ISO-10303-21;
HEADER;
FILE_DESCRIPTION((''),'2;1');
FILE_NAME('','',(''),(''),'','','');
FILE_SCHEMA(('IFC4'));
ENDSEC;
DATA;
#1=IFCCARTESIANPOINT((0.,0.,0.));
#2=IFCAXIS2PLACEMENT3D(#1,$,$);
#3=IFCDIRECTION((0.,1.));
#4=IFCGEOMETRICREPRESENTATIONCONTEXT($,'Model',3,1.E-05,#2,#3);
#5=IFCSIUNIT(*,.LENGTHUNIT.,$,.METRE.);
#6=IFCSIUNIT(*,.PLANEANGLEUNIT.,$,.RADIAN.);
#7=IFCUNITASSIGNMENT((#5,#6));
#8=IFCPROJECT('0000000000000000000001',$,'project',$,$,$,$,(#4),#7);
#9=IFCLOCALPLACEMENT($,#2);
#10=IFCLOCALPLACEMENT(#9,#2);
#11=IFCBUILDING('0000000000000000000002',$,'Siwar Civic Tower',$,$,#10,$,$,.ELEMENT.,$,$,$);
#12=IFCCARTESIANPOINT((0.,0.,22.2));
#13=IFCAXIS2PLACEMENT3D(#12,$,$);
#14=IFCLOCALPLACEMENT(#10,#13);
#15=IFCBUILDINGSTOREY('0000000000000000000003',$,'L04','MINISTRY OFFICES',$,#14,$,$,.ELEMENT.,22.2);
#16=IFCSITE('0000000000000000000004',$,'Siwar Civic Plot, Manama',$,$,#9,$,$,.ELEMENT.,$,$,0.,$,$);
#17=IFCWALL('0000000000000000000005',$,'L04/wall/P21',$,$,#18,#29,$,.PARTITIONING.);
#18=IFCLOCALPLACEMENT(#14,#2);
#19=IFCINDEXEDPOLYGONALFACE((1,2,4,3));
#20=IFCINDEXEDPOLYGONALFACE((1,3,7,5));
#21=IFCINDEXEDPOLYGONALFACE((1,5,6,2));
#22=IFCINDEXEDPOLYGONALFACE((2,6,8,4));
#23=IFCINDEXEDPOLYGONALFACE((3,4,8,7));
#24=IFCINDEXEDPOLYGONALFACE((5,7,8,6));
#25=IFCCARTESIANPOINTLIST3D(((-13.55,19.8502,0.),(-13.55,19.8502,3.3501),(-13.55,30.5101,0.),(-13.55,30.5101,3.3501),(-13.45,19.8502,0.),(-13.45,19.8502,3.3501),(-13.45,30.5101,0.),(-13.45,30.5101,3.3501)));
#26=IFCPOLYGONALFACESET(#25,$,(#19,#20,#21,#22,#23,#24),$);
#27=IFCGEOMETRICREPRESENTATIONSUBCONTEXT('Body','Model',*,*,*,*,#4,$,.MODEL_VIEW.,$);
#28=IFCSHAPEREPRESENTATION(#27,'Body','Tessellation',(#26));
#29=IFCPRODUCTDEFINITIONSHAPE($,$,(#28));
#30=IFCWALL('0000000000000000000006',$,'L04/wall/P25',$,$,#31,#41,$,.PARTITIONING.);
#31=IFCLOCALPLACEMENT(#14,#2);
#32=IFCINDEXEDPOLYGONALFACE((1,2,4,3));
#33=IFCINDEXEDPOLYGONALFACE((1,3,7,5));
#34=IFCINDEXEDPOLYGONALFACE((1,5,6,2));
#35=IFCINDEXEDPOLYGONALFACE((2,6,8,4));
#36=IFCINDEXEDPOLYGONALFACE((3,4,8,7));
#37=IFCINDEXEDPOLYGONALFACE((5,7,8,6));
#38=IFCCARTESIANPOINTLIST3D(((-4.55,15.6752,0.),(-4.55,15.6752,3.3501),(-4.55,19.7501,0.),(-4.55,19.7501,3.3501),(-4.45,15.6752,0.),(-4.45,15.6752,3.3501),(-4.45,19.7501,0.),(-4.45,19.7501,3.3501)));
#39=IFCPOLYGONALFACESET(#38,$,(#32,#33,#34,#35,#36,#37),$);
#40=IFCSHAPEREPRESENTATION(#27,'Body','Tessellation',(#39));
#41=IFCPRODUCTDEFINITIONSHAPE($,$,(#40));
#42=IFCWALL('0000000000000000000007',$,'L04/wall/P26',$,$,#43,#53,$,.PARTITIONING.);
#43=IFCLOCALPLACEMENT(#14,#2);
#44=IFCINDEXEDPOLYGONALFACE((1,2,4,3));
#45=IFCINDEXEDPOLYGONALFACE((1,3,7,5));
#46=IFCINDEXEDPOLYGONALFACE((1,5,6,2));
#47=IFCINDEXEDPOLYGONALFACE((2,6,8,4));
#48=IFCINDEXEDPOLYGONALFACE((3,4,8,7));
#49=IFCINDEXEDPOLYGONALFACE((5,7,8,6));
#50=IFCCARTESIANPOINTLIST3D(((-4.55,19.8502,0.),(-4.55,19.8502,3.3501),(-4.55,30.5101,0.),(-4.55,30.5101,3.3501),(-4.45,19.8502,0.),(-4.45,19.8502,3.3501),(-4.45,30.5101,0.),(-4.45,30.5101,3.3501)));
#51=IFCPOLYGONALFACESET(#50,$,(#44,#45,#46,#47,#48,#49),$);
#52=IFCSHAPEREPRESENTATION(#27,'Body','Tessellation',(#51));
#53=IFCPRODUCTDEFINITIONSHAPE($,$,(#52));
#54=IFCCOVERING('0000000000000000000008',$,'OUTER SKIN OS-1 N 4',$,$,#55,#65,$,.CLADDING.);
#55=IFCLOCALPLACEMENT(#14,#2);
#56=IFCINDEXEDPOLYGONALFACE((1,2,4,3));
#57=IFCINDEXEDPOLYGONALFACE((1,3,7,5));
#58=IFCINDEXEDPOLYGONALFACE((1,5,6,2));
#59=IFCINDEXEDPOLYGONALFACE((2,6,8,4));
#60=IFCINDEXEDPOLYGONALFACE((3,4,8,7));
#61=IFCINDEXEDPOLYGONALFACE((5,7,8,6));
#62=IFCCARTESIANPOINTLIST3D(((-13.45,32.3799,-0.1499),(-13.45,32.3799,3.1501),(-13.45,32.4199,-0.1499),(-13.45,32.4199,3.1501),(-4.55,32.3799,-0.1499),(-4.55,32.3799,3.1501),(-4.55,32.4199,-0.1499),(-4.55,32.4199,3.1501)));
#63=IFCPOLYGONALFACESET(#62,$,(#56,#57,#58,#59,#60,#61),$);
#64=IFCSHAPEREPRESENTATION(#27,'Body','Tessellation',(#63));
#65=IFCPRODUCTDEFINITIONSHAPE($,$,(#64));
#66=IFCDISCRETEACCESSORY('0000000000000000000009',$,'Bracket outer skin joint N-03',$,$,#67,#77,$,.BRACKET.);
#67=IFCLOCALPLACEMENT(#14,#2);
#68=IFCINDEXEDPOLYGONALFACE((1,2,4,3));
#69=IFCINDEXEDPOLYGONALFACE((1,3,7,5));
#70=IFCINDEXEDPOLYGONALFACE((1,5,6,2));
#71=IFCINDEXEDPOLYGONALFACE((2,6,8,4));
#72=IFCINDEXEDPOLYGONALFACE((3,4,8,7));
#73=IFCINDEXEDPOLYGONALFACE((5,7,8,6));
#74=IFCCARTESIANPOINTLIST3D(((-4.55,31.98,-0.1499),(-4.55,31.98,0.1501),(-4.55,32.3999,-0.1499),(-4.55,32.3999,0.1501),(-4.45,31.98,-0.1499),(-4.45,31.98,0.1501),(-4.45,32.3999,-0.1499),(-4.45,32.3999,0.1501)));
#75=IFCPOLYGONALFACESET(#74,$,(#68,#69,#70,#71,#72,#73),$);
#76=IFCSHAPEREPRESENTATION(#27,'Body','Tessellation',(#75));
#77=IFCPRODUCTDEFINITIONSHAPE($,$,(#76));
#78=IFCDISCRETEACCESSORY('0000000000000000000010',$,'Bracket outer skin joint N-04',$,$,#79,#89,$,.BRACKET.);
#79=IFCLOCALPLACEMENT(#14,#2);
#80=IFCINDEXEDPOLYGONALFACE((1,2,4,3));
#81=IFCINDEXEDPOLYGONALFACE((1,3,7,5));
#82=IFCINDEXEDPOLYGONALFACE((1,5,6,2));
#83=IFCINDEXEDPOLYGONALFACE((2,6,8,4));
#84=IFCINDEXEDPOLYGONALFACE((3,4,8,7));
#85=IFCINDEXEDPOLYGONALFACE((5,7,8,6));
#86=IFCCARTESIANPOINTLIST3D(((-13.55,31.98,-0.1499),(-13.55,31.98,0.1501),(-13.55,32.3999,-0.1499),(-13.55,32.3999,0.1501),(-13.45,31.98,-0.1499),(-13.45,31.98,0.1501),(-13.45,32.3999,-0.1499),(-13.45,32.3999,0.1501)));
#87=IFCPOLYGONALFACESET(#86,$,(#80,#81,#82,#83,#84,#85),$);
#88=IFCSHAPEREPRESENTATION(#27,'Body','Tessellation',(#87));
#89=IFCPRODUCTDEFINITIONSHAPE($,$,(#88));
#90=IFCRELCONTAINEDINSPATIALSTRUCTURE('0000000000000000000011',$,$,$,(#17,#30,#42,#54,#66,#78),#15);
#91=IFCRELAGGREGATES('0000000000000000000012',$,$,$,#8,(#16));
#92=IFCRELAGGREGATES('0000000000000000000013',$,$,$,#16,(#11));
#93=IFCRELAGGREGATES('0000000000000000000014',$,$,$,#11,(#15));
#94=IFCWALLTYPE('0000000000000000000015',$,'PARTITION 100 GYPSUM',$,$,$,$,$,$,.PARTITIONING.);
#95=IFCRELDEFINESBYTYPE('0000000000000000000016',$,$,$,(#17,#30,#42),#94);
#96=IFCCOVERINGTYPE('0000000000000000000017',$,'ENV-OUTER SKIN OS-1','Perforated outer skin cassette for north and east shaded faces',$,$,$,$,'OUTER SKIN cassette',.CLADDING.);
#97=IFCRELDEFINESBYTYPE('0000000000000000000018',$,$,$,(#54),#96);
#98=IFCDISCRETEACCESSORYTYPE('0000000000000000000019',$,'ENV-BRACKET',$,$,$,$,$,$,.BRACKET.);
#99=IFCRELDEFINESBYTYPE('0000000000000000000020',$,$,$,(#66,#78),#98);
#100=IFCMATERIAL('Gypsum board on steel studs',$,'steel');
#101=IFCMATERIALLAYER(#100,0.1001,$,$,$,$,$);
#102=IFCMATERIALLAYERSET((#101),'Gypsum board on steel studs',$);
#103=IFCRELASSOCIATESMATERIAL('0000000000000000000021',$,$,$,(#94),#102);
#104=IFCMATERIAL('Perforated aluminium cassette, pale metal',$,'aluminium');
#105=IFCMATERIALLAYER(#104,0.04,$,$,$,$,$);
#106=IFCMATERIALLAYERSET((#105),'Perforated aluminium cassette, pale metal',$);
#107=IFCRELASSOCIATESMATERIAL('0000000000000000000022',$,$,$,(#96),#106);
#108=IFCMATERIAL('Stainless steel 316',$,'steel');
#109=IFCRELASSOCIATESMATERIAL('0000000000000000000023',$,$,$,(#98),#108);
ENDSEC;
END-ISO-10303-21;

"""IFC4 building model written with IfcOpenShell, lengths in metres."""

from ifc_helpers import new_model, si_unit, direction, frame, frame_2d, origin, origin_2d, place, context, subcontext, project, spatial, rectangle, extrude, material, layer, layer_set, type_object, element, save


model = new_model("IFC4")

# Units and contexts
model_context = context("Model", 3, precision=1e-05, world=origin(), true_north=direction((0.0, 1.0)))
body_context = subcontext(model_context, "Body", "Model", "MODEL_VIEW")
ifc_project = project(units=[si_unit("LENGTHUNIT", "METRE"), si_unit("PLANEANGLEUNIT", "RADIAN")], contexts=[model_context])

# Site, building, storey
site_placement = place(None, origin())
site = spatial("IfcSite", under=ifc_project, at=site_placement, Name="Siwar Civic Plot, Manama", CompositionType="ELEMENT", RefElevation=0.0)
building_placement = place(site_placement, origin())
building = spatial("IfcBuilding", under=site, at=building_placement, Name="Siwar Civic Tower", CompositionType="ELEMENT")
storey_placement = place(building_placement, frame((0.0, 0.0, 22.2)))
storey = spatial("IfcBuildingStorey", under=building, at=storey_placement, Name="L04", Description="MINISTRY OFFICES", CompositionType="ELEMENT", Elevation=22.2)

# Walls
ifc_material_1 = material(Name="Gypsum board on steel studs", Category="steel")
ifc_layer_1 = layer(ifc_material_1, 0.1001)
ifc_layer_set_1 = layer_set([ifc_layer_1], Name="Gypsum board on steel studs")
wall_type_1 = type_object("IfcWallType", Name="PARTITION 100 GYPSUM", PredefinedType="PARTITIONING", material=ifc_layer_set_1)
wall_1_placement = place(storey_placement, frame((-13.5, 19.8501, 0.0), z_axis=(0.0, 0.0, 1.0), x_axis=(0.0, 1.0, 0.0)))
element("IfcWall", 1, at=wall_1_placement, inside=storey, type_object=wall_type_1, Name="L04/wall/P21", PredefinedType="PARTITIONING", context=body_context, shape_type="SweptSolid", body=[
    extrude(rectangle(XDim=10.6599, YDim=0.1001, at=frame_2d((5.3301, 0.0))), origin(), (0.0, 0.0, 1.0), 3.3501),
])
wall_2_placement = place(storey_placement, frame((-4.5, 15.675, 0.0), z_axis=(0.0, 0.0, 1.0), x_axis=(0.0, 1.0, 0.0)))
element("IfcWall", 2, at=wall_2_placement, inside=storey, type_object=wall_type_1, Name="L04/wall/P25", PredefinedType="PARTITIONING", context=body_context, shape_type="SweptSolid", body=[
    extrude(rectangle(XDim=4.075, YDim=0.1001, at=frame_2d((2.0376, 0.0))), origin(), (0.0, 0.0, 1.0), 3.3501),
])
wall_3_placement = place(storey_placement, frame((-4.5, 19.8501, 0.0), z_axis=(0.0, 0.0, 1.0), x_axis=(0.0, 1.0, 0.0)))
element("IfcWall", 3, at=wall_3_placement, inside=storey, type_object=wall_type_1, Name="L04/wall/P26", PredefinedType="PARTITIONING", context=body_context, shape_type="SweptSolid", body=[
    extrude(rectangle(XDim=10.6599, YDim=0.1001, at=frame_2d((5.3301, 0.0))), origin(), (0.0, 0.0, 1.0), 3.3501),
])

# Covering
ifc_material_2 = material(Name="Perforated aluminium cassette, pale metal", Category="aluminium")
ifc_layer_2 = layer(ifc_material_2, 0.04)
ifc_layer_set_2 = layer_set([ifc_layer_2], Name="Perforated aluminium cassette, pale metal")
covering_type = type_object("IfcCoveringType", Name="ENV-OUTER SKIN OS-1", Description="Perforated outer skin cassette for north and east shaded faces", ElementType="OUTER SKIN cassette", PredefinedType="CLADDING", material=ifc_layer_set_2)
covering_placement = place(storey_placement, frame((-9.0, 32.3999, -0.1499), z_axis=(0.0, 0.0, 1.0), x_axis=(-1.0, 0.0, 0.0)))
element("IfcCovering", 4, at=covering_placement, inside=storey, type_object=covering_type, Name="OUTER SKIN OS-1 N 4", PredefinedType="CLADDING", context=body_context, shape_type="SweptSolid", body=[
    extrude(rectangle(XDim=8.8999, YDim=0.04, at=origin_2d()), origin(), (0.0, 0.0, 1.0), 3.3),
])

# Discrete accessories
ifc_material_3 = material(Name="Stainless steel 316", Category="steel")
discrete_accessory_type = type_object("IfcDiscreteAccessoryType", Name="ENV-BRACKET", PredefinedType="BRACKET", material=ifc_material_3)
for number, where, z_axis, x_axis, name in (
    (5, (-4.5, 32.1899, -0.1499), (0.0, 0.0, 1.0), (0.0, 1.0, 0.0), "Bracket outer skin joint N-03"),
    (6, (-13.5, 32.1899, -0.1499), (0.0, 0.0, 1.0), (0.0, 1.0, 0.0), "Bracket outer skin joint N-04"),
):
    element("IfcDiscreteAccessory", number, at=place(storey_placement, frame(where, z_axis=z_axis, x_axis=x_axis)), inside=storey, type_object=discrete_accessory_type, Name=name, PredefinedType="BRACKET", context=body_context, shape_type="SweptSolid", body=[
        extrude(rectangle(XDim=0.4199, YDim=0.1001, at=origin_2d()), origin(), (0.0, 0.0, 1.0), 0.3),
    ])

save(model, "model.ifc")
